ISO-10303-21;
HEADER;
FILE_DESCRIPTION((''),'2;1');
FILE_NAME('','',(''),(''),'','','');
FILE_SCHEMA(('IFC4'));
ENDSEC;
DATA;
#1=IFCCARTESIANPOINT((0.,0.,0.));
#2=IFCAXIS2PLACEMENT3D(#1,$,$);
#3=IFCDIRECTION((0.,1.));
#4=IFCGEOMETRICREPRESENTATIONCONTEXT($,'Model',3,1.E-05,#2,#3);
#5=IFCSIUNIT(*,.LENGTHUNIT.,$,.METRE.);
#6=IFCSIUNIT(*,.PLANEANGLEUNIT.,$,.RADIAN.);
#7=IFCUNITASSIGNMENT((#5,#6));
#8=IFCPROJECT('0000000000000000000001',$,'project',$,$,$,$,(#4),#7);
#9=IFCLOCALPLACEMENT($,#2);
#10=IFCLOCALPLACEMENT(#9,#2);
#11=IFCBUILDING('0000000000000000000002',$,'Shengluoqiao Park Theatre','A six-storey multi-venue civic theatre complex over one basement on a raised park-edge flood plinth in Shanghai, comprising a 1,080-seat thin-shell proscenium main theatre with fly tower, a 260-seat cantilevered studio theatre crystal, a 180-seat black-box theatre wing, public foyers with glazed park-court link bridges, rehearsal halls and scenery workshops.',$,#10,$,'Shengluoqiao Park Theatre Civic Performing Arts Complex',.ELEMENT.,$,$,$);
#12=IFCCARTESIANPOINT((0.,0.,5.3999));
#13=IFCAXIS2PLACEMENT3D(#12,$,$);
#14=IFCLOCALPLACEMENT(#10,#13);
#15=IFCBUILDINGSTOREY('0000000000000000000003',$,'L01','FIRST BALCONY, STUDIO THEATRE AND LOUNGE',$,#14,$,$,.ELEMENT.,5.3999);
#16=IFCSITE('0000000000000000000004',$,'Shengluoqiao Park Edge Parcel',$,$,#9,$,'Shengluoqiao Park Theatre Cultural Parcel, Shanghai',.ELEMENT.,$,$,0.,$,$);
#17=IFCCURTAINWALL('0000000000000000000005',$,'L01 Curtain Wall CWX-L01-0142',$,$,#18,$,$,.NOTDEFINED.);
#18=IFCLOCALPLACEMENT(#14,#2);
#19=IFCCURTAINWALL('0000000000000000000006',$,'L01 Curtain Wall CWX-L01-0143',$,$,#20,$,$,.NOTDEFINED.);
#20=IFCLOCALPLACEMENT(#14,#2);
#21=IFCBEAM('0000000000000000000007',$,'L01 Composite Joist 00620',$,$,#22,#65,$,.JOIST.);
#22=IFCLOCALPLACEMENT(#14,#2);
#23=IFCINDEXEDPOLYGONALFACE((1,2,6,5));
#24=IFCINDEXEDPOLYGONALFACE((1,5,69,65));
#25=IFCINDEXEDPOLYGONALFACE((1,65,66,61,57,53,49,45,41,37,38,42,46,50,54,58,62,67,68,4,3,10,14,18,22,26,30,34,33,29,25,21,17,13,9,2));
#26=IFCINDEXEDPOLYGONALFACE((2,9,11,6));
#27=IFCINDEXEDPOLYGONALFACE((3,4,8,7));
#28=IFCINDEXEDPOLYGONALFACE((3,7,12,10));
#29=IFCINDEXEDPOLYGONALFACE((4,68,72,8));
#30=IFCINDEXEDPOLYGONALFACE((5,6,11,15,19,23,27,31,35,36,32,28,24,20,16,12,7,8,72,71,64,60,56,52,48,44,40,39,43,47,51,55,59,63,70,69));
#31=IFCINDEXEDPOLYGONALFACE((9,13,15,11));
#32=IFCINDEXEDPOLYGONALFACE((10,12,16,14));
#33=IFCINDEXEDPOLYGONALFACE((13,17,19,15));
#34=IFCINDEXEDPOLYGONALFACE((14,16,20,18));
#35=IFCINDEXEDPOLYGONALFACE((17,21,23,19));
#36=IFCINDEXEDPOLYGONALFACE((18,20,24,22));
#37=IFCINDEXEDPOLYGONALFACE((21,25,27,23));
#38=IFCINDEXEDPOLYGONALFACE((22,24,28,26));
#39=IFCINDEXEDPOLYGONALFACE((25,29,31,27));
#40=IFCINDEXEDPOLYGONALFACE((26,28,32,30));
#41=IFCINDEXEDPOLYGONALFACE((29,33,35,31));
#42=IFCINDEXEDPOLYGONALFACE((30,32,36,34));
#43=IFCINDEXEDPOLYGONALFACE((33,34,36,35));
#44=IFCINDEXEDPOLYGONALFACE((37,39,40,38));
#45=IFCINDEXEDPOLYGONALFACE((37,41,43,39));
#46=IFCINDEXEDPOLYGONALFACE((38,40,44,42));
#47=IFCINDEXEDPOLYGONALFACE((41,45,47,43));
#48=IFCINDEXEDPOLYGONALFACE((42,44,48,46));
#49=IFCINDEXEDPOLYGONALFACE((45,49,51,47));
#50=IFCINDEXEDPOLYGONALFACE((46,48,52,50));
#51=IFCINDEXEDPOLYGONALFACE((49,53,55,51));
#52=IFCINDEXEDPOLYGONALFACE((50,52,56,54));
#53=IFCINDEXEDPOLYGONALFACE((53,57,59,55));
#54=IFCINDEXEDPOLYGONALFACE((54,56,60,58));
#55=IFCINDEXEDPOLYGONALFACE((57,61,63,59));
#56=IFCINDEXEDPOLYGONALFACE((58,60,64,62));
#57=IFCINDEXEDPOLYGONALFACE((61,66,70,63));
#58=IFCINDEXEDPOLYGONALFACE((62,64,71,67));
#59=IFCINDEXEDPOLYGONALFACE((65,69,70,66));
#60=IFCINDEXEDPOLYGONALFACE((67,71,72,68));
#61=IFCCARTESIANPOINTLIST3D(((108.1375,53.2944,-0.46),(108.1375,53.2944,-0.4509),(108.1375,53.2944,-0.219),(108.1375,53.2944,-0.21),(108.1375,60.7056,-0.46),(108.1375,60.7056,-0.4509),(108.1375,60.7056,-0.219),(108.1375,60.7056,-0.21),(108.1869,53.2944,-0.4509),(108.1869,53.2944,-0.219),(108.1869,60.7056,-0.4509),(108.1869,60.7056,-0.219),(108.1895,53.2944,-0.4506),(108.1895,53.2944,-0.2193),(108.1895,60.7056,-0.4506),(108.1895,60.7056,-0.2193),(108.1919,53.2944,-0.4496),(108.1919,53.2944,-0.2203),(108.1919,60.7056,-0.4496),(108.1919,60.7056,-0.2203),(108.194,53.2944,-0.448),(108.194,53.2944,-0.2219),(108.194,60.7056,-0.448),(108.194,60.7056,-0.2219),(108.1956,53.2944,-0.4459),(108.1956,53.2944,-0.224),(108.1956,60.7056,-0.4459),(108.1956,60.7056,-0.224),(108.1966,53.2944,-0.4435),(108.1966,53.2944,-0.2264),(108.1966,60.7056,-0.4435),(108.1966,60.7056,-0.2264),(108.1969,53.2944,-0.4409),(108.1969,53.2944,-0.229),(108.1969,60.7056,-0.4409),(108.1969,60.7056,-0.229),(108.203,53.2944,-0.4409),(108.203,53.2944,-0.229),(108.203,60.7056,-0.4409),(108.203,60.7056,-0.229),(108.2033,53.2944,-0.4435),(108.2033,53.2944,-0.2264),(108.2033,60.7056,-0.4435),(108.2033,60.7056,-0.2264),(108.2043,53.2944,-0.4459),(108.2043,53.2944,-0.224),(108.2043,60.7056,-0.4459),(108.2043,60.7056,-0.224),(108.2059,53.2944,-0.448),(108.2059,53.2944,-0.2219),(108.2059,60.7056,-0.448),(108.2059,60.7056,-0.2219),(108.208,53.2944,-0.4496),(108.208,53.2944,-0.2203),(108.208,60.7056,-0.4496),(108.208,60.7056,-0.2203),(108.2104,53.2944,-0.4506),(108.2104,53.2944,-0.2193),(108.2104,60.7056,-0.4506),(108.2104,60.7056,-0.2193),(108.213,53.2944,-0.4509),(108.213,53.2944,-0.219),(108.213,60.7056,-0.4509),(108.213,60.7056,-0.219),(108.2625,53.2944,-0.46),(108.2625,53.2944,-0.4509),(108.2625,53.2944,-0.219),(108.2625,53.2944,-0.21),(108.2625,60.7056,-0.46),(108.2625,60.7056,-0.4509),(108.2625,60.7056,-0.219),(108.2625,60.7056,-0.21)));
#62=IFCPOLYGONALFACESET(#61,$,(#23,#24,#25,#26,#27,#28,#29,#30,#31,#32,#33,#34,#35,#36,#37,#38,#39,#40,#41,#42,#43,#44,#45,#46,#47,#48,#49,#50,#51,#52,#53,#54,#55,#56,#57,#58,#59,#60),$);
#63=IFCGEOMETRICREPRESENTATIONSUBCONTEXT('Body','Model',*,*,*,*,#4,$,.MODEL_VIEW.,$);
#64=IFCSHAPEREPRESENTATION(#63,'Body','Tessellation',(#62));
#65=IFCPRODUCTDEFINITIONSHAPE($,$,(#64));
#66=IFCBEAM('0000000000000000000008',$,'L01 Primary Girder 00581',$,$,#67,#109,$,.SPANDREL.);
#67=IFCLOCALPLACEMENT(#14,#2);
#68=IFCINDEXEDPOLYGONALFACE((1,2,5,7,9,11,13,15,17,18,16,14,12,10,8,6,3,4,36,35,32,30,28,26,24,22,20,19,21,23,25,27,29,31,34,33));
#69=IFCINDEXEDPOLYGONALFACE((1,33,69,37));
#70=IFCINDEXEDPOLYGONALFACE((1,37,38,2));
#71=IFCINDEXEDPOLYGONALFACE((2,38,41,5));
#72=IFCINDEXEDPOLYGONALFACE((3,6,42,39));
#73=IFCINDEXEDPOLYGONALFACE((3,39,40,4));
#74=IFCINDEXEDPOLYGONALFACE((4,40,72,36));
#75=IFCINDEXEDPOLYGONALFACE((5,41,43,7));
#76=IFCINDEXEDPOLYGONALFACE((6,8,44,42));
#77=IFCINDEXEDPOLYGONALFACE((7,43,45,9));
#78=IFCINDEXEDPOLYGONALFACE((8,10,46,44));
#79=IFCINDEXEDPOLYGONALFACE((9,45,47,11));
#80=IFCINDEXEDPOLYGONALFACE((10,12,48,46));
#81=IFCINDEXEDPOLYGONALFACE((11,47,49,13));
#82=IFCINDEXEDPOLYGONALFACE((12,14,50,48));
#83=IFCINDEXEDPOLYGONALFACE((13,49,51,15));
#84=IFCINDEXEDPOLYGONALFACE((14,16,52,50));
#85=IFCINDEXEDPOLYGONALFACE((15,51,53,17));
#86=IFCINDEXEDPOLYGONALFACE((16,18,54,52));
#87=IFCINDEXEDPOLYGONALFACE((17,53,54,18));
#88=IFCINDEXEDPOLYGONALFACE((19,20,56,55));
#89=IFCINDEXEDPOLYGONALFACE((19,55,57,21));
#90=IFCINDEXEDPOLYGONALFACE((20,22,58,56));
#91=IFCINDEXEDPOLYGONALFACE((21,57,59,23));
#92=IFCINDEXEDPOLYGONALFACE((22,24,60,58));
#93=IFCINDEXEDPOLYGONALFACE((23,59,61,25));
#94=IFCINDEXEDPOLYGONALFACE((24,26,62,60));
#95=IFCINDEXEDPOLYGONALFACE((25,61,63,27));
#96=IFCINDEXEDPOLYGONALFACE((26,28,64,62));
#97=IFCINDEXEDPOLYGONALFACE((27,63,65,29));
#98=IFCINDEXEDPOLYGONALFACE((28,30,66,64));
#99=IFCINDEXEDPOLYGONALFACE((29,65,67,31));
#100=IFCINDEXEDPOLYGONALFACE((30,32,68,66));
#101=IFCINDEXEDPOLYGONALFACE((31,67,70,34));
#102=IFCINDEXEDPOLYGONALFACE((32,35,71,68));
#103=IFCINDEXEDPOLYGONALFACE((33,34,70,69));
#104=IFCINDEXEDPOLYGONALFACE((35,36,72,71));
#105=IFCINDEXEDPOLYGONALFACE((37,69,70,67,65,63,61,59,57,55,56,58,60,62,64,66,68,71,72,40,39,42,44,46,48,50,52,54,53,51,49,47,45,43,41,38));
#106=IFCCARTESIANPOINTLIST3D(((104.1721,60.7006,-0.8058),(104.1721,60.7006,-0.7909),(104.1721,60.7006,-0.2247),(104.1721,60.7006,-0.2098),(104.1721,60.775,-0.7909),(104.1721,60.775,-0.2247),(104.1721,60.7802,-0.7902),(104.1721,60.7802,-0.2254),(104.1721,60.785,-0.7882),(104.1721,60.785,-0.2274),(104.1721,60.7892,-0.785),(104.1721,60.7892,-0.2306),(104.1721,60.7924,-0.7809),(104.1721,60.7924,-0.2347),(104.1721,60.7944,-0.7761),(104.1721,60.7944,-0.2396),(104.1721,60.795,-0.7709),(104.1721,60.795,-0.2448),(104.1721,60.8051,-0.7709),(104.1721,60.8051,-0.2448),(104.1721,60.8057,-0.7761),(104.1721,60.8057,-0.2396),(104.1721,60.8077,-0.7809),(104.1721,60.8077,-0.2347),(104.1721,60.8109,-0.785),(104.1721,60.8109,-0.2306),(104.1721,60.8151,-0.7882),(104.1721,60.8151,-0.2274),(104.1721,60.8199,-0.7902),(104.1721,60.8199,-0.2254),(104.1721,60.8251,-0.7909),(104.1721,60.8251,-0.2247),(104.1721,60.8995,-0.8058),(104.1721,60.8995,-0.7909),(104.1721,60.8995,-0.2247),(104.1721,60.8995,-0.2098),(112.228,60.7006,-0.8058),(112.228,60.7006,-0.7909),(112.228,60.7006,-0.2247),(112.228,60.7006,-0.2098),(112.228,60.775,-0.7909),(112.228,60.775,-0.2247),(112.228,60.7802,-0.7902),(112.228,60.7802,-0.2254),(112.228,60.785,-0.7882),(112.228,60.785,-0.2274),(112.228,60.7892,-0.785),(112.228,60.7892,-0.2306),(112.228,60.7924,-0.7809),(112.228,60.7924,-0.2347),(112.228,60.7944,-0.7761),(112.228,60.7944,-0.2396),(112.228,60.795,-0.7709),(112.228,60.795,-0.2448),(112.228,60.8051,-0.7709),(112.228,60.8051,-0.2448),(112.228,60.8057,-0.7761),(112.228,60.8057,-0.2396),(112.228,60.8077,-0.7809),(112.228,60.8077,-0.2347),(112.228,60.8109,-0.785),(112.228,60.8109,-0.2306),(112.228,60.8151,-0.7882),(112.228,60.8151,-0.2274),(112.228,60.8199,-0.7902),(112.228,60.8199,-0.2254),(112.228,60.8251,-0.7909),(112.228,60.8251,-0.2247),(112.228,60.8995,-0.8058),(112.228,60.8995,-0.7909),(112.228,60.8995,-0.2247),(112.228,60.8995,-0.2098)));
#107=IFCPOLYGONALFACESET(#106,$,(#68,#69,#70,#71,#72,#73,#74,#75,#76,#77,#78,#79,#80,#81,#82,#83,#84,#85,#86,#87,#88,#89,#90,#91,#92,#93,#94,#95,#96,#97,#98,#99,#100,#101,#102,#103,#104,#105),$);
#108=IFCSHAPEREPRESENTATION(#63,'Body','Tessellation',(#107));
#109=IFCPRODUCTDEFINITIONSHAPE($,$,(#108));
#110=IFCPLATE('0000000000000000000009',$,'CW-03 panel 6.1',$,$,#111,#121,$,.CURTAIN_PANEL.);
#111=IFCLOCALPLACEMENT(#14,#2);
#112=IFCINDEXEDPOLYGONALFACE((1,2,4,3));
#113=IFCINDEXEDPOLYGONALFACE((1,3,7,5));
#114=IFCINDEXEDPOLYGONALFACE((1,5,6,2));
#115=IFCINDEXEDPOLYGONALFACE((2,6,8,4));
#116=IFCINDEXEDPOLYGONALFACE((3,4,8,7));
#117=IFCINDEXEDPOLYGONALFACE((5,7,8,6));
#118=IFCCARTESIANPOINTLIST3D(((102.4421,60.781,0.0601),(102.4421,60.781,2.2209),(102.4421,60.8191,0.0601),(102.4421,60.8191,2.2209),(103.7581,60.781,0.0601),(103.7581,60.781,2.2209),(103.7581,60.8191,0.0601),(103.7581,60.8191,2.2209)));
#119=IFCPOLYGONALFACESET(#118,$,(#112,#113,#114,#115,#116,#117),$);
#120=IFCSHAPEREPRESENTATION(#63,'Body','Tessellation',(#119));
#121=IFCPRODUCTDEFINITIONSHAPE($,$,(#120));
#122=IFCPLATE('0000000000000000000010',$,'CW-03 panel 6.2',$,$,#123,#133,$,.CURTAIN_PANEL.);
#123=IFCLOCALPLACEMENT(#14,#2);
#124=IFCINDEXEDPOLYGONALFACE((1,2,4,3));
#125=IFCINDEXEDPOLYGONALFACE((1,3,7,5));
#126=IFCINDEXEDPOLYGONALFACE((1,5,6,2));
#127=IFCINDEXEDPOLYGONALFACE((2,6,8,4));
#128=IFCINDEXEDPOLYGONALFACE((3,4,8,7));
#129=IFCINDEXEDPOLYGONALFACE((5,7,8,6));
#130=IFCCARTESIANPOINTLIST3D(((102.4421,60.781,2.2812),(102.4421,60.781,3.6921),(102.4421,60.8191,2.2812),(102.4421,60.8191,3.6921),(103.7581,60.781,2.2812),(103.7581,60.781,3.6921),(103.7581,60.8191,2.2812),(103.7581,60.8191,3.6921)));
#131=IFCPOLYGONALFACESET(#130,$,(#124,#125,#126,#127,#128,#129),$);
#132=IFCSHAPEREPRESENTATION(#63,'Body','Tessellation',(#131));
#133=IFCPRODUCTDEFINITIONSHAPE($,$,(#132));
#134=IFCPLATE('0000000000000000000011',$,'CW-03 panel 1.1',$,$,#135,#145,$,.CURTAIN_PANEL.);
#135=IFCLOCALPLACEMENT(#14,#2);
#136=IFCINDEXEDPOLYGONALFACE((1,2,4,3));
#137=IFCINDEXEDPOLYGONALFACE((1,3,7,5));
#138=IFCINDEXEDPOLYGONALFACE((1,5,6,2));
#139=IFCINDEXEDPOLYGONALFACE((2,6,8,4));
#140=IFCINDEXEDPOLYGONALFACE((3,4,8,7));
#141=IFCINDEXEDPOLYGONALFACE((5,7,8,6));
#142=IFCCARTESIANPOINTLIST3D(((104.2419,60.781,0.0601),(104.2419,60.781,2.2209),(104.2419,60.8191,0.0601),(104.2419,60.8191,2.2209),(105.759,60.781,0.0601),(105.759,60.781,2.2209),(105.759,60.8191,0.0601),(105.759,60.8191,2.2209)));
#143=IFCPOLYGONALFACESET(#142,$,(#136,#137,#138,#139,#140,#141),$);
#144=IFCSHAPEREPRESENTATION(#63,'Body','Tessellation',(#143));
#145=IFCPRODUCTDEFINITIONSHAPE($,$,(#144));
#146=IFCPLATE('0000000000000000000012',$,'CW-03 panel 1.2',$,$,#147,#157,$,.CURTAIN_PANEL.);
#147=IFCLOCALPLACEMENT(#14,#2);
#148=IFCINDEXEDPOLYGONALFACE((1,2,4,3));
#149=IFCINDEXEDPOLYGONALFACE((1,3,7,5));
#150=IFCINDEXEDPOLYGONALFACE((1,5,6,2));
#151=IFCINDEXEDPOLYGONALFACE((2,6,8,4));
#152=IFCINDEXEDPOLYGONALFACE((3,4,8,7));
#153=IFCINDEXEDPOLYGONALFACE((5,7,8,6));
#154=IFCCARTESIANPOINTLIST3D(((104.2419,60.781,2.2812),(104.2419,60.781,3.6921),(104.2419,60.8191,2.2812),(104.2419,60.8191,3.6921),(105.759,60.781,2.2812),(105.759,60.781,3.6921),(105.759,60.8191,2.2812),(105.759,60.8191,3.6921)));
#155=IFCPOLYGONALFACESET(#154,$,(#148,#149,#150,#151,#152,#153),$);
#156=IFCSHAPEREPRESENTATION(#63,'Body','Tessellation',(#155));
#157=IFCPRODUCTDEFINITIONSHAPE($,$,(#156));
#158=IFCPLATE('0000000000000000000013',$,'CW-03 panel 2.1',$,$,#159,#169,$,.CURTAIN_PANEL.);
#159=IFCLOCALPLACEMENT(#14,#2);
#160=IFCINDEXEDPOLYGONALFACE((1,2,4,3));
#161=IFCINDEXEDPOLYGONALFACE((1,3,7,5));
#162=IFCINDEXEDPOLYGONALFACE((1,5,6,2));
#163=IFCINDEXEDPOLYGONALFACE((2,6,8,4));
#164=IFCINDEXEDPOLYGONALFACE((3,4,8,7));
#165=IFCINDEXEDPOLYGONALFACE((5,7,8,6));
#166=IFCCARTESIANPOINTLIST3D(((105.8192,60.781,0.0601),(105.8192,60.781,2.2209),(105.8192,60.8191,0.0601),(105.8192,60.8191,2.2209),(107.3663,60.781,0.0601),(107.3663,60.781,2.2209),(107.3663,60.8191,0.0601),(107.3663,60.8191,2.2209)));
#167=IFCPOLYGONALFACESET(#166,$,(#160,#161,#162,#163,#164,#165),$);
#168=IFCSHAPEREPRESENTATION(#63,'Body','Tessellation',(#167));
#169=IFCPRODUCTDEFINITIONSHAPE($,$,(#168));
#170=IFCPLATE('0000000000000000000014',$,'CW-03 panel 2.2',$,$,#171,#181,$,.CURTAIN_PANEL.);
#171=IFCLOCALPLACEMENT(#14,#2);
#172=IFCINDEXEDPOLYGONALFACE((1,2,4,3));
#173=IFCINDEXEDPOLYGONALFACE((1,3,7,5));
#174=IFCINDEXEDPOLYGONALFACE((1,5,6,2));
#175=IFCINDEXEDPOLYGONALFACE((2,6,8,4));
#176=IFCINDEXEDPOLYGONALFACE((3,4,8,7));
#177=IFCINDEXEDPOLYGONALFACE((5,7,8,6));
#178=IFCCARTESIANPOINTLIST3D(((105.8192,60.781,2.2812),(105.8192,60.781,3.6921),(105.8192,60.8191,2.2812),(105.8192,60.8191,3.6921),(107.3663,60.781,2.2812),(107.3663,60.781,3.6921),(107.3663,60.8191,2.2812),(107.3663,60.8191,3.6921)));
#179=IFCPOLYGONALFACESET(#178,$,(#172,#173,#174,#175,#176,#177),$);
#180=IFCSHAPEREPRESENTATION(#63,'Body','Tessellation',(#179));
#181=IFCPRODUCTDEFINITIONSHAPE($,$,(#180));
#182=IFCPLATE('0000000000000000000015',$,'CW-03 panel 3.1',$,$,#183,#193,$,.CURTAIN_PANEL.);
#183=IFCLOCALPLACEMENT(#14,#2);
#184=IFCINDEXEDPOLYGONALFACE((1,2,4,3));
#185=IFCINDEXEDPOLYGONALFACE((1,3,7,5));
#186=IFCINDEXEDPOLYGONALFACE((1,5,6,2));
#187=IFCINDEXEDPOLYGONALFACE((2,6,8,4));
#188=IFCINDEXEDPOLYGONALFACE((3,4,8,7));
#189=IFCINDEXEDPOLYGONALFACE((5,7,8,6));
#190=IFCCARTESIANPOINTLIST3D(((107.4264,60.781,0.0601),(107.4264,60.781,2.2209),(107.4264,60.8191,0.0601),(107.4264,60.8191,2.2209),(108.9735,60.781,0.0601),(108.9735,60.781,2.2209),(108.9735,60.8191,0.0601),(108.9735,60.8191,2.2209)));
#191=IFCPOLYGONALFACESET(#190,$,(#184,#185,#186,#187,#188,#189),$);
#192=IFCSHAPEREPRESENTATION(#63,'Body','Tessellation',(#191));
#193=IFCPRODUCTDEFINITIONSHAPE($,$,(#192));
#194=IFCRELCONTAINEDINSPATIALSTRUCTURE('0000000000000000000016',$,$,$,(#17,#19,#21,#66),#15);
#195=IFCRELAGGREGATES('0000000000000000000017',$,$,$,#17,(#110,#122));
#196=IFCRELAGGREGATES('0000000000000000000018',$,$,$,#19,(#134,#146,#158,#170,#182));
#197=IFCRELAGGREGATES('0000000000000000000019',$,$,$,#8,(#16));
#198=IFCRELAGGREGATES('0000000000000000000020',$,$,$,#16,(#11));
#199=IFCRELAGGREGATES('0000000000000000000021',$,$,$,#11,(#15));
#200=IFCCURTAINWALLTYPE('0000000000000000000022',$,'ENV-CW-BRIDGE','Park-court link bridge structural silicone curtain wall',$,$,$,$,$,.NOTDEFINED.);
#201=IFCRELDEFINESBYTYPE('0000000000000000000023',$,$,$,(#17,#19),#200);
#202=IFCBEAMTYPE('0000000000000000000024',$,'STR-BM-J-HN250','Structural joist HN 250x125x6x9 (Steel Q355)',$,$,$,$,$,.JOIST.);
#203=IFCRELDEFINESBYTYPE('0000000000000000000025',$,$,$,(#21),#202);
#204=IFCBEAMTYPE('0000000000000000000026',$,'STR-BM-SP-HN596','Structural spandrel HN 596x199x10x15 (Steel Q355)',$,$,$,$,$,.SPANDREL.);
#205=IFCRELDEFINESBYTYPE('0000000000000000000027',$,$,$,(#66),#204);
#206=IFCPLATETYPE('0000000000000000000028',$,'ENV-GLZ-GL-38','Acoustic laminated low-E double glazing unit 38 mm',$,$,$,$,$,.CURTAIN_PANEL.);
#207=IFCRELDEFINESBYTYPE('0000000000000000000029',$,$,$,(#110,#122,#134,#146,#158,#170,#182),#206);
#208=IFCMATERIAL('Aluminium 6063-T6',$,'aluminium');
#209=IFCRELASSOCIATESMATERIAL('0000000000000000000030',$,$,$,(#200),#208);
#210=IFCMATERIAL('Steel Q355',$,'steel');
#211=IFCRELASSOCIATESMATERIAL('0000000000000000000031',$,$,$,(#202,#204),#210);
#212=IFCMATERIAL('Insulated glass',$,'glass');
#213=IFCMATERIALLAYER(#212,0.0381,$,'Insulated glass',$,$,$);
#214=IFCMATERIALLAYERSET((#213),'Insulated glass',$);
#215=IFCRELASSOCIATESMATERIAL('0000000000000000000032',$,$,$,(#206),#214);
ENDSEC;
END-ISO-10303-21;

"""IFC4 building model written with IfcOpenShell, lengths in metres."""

from ifc_helpers import new_model, si_unit, direction, frame, origin, origin_2d, place, context, subcontext, project, spatial, rectangle, i_section, extrude, material, layer, layer_set, material_profile, profile_set, type_object, element, aggregate, save


model = new_model("IFC4")

# Units and contexts
model_context = context("Model", 3, precision=1e-05, world=origin(), true_north=direction((0.0, 1.0)))
body_context = subcontext(model_context, "Body", "Model", "MODEL_VIEW")
ifc_project = project(units=[si_unit("LENGTHUNIT", "METRE"), si_unit("PLANEANGLEUNIT", "RADIAN")], contexts=[model_context])

# Site, building, storey
site_placement = place(None, origin())
site = spatial("IfcSite", under=ifc_project, at=site_placement, Name="Shengluoqiao Park Edge Parcel", LongName="Shengluoqiao Park Theatre Cultural Parcel, Shanghai", CompositionType="ELEMENT", RefElevation=0.0)
building_placement = place(site_placement, origin())
building = spatial("IfcBuilding", under=site, at=building_placement, Name="Shengluoqiao Park Theatre", Description="A six-storey multi-venue civic theatre complex over one basement on a raised park-edge flood plinth in Shanghai, comprising a 1,080-seat thin-shell proscenium main theatre with fly tower, a 260-seat cantilevered studio theatre crystal, a 180-seat black-box theatre wing, public foyers with glazed park-court link bridges, rehearsal halls and scenery workshops.", LongName="Shengluoqiao Park Theatre Civic Performing Arts Complex", CompositionType="ELEMENT")
storey_placement = place(building_placement, frame((0.0, 0.0, 5.3999)))
storey = spatial("IfcBuildingStorey", under=building, at=storey_placement, Name="L01", Description="FIRST BALCONY, STUDIO THEATRE AND LOUNGE", CompositionType="ELEMENT", Elevation=5.3999)

# Shared definitions
ifc_material_1 = material(Name="Steel Q355", Category="steel")

# Curtain wall
ifc_material_2 = material(Name="Aluminium 6063-T6", Category="aluminium")
curtain_wall_type = type_object("IfcCurtainWallType", Name="ENV-CW-BRIDGE", Description="Park-court link bridge structural silicone curtain wall", PredefinedType="NOTDEFINED", material=ifc_material_2)
curtain_wall_1_placement = place(storey_placement, origin())
curtain_wall_1 = element("IfcCurtainWall", 1, at=curtain_wall_1_placement, inside=storey, type_object=curtain_wall_type, Name="L01 Curtain Wall CWX-L01-0142", PredefinedType="NOTDEFINED")

# Curtain wall
curtain_wall_2_placement = place(storey_placement, origin())
curtain_wall_2 = element("IfcCurtainWall", 2, at=curtain_wall_2_placement, inside=storey, type_object=curtain_wall_type, Name="L01 Curtain Wall CWX-L01-0143", PredefinedType="NOTDEFINED")

# Beams
ifc_material_profile_1 = material_profile(ifc_material_1, i_section(OverallWidth=0.125, OverallDepth=0.25, WebThickness=0.0061, FlangeThickness=0.009, FilletRadius=0.01, at=origin_2d()), Name="HN 250x125x6x9")
ifc_profile_set_1 = profile_set([ifc_material_profile_1], Name="Steel Q355")
beam_type_1 = type_object("IfcBeamType", Name="STR-BM-J-HN250", Description="Structural joist HN 250x125x6x9 (Steel Q355)", PredefinedType="JOIST", material=ifc_profile_set_1)
for number, where, z_axis, x_axis, name in (
    (3, (108.2, 53.2944, -0.335), (0.0, 1.0, 0.0), (-1.0, 0.0, 0.0), "L01 Composite Joist 00620"),
):
    element("IfcBeam", number, at=place(storey_placement, frame(where, z_axis=z_axis, x_axis=x_axis)), inside=storey, type_object=beam_type_1, Name=name, PredefinedType="JOIST", context=body_context, shape_type="SweptSolid", body=[
        extrude(i_section(OverallWidth=0.125, OverallDepth=0.25, WebThickness=0.0061, FlangeThickness=0.009, FilletRadius=0.01, at=origin_2d()), origin(), (0.0, 0.0, 1.0), 7.4111),
    ])
ifc_material_profile_2 = material_profile(ifc_material_1, i_section(OverallWidth=0.199, OverallDepth=0.5959, WebThickness=0.01, FlangeThickness=0.0149, FilletRadius=0.02, at=origin_2d()), Name="HN 596x199x10x15")
ifc_profile_set_2 = profile_set([ifc_material_profile_2], Name="Steel Q355")
beam_type_2 = type_object("IfcBeamType", Name="STR-BM-SP-HN596", Description="Structural spandrel HN 596x199x10x15 (Steel Q355)", PredefinedType="SPANDREL", material=ifc_profile_set_2)
beam_1_placement = place(storey_placement, frame((104.1721, 60.8, -0.5078), z_axis=(1.0, 0.0, 0.0), x_axis=(0.0, 1.0, 0.0)))
element("IfcBeam", 4, at=beam_1_placement, inside=storey, type_object=beam_type_2, Name="L01 Primary Girder 00581", PredefinedType="SPANDREL", context=body_context, shape_type="SweptSolid", body=[
    extrude(i_section(OverallWidth=0.199, OverallDepth=0.5959, WebThickness=0.01, FlangeThickness=0.0149, FilletRadius=0.02, at=origin_2d()), origin(), (0.0, 0.0, 1.0), 8.0559),
])

# Plates
ifc_material_3 = material(Name="Insulated glass", Category="glass")
ifc_layer_1 = layer(ifc_material_3, 0.0381, Name="Insulated glass")
ifc_layer_set_1 = layer_set([ifc_layer_1], Name="Insulated glass")
plate_type_1 = type_object("IfcPlateType", Name="ENV-GLZ-GL-38", Description="Acoustic laminated low-E double glazing unit 38 mm", PredefinedType="CURTAIN_PANEL", material=ifc_layer_set_1)
plate_1_placement = place(storey_placement, frame((103.1001, 60.8, 0.0601), z_axis=(0.0, 0.0, 1.0), x_axis=(1.0, 0.0, 0.0)))
plate_1 = element("IfcPlate", 5, at=plate_1_placement, type_object=plate_type_1, Name="CW-03 panel 6.1", PredefinedType="CURTAIN_PANEL", context=body_context, shape_type="SweptSolid", body=[
    extrude(rectangle(XDim=1.3159, YDim=0.0381, at=origin_2d()), origin(), (0.0, 0.0, 1.0), 2.1609),
])
plate_2_placement = place(storey_placement, frame((103.1001, 60.8, 2.2812), z_axis=(0.0, 0.0, 1.0), x_axis=(1.0, 0.0, 0.0)))
plate_2 = element("IfcPlate", 6, at=plate_2_placement, type_object=plate_type_1, Name="CW-03 panel 6.2", PredefinedType="CURTAIN_PANEL", context=body_context, shape_type="SweptSolid", body=[
    extrude(rectangle(XDim=1.3159, YDim=0.0381, at=origin_2d()), origin(), (0.0, 0.0, 1.0), 1.4109),
])
aggregate(curtain_wall_1, [plate_1, plate_2])
plate_3_placement = place(storey_placement, frame((105.0005, 60.8, 0.0601), z_axis=(0.0, 0.0, 1.0), x_axis=(1.0, 0.0, 0.0)))
plate_3 = element("IfcPlate", 7, at=plate_3_placement, type_object=plate_type_1, Name="CW-03 panel 1.1", PredefinedType="CURTAIN_PANEL", context=body_context, shape_type="SweptSolid", body=[
    extrude(rectangle(XDim=1.5171, YDim=0.0381, at=origin_2d()), origin(), (0.0, 0.0, 1.0), 2.1609),
])
plate_4_placement = place(storey_placement, frame((105.0005, 60.8, 2.2812), z_axis=(0.0, 0.0, 1.0), x_axis=(1.0, 0.0, 0.0)))
plate_4 = element("IfcPlate", 8, at=plate_4_placement, type_object=plate_type_1, Name="CW-03 panel 1.2", PredefinedType="CURTAIN_PANEL", context=body_context, shape_type="SweptSolid", body=[
    extrude(rectangle(XDim=1.5171, YDim=0.0381, at=origin_2d()), origin(), (0.0, 0.0, 1.0), 1.4109),
])
plate_5_placement = place(storey_placement, frame((106.5928, 60.8, 0.0601), z_axis=(0.0, 0.0, 1.0), x_axis=(1.0, 0.0, 0.0)))
plate_5 = element("IfcPlate", 9, at=plate_5_placement, type_object=plate_type_1, Name="CW-03 panel 2.1", PredefinedType="CURTAIN_PANEL", context=body_context, shape_type="SweptSolid", body=[
    extrude(rectangle(XDim=1.5471, YDim=0.0381, at=origin_2d()), origin(), (0.0, 0.0, 1.0), 2.1609),
])
plate_6_placement = place(storey_placement, frame((106.5928, 60.8, 2.2812), z_axis=(0.0, 0.0, 1.0), x_axis=(1.0, 0.0, 0.0)))
plate_6 = element("IfcPlate", 10, at=plate_6_placement, type_object=plate_type_1, Name="CW-03 panel 2.2", PredefinedType="CURTAIN_PANEL", context=body_context, shape_type="SweptSolid", body=[
    extrude(rectangle(XDim=1.5471, YDim=0.0381, at=origin_2d()), origin(), (0.0, 0.0, 1.0), 1.4109),
])
plate_7_placement = place(storey_placement, frame((108.2, 60.8, 0.0601), z_axis=(0.0, 0.0, 1.0), x_axis=(1.0, 0.0, 0.0)))
plate_7 = element("IfcPlate", 11, at=plate_7_placement, type_object=plate_type_1, Name="CW-03 panel 3.1", PredefinedType="CURTAIN_PANEL", context=body_context, shape_type="SweptSolid", body=[
    extrude(rectangle(XDim=1.5471, YDim=0.0381, at=origin_2d()), origin(), (0.0, 0.0, 1.0), 2.1609),
])
aggregate(curtain_wall_2, [plate_3, plate_4, plate_5, plate_6, plate_7])

save(model, "model.ifc")
